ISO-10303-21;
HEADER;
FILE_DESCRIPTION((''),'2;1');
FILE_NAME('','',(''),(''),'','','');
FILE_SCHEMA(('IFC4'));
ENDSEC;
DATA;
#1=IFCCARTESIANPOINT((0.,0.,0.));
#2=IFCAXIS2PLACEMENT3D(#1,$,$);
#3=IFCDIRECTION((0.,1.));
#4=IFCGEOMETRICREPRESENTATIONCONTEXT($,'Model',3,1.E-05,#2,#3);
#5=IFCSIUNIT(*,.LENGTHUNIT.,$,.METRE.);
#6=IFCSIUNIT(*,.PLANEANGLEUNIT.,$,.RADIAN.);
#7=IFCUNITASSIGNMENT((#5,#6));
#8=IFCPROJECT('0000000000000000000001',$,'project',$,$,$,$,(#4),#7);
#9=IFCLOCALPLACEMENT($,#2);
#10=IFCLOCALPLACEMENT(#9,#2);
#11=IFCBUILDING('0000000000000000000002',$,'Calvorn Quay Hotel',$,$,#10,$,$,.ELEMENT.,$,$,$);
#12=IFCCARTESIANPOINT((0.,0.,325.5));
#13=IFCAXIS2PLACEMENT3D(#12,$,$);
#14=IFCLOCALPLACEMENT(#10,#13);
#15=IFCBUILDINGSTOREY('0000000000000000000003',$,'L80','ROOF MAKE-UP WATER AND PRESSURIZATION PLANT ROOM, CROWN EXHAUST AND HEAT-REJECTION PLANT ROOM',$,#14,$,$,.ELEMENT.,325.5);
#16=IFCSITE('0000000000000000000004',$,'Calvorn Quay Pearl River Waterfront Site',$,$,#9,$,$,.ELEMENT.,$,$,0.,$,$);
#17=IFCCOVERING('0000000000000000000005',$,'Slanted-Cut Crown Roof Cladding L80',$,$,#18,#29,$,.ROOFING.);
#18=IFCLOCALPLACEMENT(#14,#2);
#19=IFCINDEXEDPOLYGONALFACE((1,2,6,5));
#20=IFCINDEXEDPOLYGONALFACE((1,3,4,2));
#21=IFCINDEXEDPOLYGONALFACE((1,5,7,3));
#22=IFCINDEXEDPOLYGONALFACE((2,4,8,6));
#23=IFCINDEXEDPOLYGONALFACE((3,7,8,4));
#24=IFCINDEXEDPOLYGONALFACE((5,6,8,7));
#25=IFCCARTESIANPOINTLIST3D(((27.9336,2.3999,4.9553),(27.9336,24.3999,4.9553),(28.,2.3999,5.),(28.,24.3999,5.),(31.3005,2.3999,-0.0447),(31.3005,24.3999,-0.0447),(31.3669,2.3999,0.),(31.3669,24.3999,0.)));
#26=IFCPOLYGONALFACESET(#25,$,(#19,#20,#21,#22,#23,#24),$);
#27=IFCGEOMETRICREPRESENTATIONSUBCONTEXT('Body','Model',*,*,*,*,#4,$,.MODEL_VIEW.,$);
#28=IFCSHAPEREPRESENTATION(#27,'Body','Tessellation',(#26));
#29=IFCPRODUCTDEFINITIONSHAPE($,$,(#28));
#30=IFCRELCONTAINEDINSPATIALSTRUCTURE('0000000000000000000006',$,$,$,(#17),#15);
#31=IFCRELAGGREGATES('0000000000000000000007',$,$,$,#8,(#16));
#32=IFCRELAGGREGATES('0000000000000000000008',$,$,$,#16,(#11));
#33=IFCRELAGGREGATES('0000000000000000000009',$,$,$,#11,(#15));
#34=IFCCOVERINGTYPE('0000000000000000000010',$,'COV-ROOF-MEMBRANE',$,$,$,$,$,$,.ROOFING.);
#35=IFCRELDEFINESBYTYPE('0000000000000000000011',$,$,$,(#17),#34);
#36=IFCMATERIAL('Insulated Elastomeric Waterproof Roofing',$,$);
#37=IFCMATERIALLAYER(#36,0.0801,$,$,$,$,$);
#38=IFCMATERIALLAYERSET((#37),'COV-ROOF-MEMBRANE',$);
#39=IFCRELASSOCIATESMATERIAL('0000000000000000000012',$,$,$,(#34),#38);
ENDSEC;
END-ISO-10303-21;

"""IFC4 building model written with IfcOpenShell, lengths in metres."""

from ifc_helpers import new_model, si_unit, direction, frame, origin, place, context, subcontext, project, spatial, polyline, outline, extrude, material, layer, layer_set, type_object, element, save


model = new_model("IFC4")

# Units and contexts
model_context = context("Model", 3, precision=1e-05, world=origin(), true_north=direction((0.0, 1.0)))
body_context = subcontext(model_context, "Body", "Model", "MODEL_VIEW")
ifc_project = project(units=[si_unit("LENGTHUNIT", "METRE"), si_unit("PLANEANGLEUNIT", "RADIAN")], contexts=[model_context])

# Site, building, storey
site_placement = place(None, origin())
site = spatial("IfcSite", under=ifc_project, at=site_placement, Name="Calvorn Quay Pearl River Waterfront Site", CompositionType="ELEMENT", RefElevation=0.0)
building_placement = place(site_placement, origin())
building = spatial("IfcBuilding", under=site, at=building_placement, Name="Calvorn Quay Hotel", CompositionType="ELEMENT")
storey_placement = place(building_placement, frame((0.0, 0.0, 325.5)))
storey = spatial("IfcBuildingStorey", under=building, at=storey_placement, Name="L80", Description="ROOF MAKE-UP WATER AND PRESSURIZATION PLANT ROOM, CROWN EXHAUST AND HEAT-REJECTION PLANT ROOM", CompositionType="ELEMENT", Elevation=325.5)

# Covering
ifc_material_1 = material(Name="Insulated Elastomeric Waterproof Roofing")
ifc_layer_1 = layer(ifc_material_1, 0.0801)
ifc_layer_set_1 = layer_set([ifc_layer_1], Name="COV-ROOF-MEMBRANE")
covering_type = type_object("IfcCoveringType", Name="COV-ROOF-MEMBRANE", PredefinedType="ROOFING", material=ifc_layer_set_1)
covering_placement = place(storey_placement, frame((28.0, 2.3999, 5.0), z_axis=(0.829468, 0.0, 0.558554), x_axis=(0.558554, 0.0, -0.829468)))
element("IfcCovering", 1, at=covering_placement, inside=storey, type_object=covering_type, Name="Slanted-Cut Crown Roof Cladding L80", PredefinedType="ROOFING", context=body_context, shape_type="SweptSolid", body=[
    extrude(outline(polyline([(0.0, 0.0), (6.028, 0.0), (6.028, 22.0), (0.0, 22.0), (0.0, 0.0)])), origin(), (0.0, 0.0, -1.0), 0.0801),
])

save(model, "model.ifc")
